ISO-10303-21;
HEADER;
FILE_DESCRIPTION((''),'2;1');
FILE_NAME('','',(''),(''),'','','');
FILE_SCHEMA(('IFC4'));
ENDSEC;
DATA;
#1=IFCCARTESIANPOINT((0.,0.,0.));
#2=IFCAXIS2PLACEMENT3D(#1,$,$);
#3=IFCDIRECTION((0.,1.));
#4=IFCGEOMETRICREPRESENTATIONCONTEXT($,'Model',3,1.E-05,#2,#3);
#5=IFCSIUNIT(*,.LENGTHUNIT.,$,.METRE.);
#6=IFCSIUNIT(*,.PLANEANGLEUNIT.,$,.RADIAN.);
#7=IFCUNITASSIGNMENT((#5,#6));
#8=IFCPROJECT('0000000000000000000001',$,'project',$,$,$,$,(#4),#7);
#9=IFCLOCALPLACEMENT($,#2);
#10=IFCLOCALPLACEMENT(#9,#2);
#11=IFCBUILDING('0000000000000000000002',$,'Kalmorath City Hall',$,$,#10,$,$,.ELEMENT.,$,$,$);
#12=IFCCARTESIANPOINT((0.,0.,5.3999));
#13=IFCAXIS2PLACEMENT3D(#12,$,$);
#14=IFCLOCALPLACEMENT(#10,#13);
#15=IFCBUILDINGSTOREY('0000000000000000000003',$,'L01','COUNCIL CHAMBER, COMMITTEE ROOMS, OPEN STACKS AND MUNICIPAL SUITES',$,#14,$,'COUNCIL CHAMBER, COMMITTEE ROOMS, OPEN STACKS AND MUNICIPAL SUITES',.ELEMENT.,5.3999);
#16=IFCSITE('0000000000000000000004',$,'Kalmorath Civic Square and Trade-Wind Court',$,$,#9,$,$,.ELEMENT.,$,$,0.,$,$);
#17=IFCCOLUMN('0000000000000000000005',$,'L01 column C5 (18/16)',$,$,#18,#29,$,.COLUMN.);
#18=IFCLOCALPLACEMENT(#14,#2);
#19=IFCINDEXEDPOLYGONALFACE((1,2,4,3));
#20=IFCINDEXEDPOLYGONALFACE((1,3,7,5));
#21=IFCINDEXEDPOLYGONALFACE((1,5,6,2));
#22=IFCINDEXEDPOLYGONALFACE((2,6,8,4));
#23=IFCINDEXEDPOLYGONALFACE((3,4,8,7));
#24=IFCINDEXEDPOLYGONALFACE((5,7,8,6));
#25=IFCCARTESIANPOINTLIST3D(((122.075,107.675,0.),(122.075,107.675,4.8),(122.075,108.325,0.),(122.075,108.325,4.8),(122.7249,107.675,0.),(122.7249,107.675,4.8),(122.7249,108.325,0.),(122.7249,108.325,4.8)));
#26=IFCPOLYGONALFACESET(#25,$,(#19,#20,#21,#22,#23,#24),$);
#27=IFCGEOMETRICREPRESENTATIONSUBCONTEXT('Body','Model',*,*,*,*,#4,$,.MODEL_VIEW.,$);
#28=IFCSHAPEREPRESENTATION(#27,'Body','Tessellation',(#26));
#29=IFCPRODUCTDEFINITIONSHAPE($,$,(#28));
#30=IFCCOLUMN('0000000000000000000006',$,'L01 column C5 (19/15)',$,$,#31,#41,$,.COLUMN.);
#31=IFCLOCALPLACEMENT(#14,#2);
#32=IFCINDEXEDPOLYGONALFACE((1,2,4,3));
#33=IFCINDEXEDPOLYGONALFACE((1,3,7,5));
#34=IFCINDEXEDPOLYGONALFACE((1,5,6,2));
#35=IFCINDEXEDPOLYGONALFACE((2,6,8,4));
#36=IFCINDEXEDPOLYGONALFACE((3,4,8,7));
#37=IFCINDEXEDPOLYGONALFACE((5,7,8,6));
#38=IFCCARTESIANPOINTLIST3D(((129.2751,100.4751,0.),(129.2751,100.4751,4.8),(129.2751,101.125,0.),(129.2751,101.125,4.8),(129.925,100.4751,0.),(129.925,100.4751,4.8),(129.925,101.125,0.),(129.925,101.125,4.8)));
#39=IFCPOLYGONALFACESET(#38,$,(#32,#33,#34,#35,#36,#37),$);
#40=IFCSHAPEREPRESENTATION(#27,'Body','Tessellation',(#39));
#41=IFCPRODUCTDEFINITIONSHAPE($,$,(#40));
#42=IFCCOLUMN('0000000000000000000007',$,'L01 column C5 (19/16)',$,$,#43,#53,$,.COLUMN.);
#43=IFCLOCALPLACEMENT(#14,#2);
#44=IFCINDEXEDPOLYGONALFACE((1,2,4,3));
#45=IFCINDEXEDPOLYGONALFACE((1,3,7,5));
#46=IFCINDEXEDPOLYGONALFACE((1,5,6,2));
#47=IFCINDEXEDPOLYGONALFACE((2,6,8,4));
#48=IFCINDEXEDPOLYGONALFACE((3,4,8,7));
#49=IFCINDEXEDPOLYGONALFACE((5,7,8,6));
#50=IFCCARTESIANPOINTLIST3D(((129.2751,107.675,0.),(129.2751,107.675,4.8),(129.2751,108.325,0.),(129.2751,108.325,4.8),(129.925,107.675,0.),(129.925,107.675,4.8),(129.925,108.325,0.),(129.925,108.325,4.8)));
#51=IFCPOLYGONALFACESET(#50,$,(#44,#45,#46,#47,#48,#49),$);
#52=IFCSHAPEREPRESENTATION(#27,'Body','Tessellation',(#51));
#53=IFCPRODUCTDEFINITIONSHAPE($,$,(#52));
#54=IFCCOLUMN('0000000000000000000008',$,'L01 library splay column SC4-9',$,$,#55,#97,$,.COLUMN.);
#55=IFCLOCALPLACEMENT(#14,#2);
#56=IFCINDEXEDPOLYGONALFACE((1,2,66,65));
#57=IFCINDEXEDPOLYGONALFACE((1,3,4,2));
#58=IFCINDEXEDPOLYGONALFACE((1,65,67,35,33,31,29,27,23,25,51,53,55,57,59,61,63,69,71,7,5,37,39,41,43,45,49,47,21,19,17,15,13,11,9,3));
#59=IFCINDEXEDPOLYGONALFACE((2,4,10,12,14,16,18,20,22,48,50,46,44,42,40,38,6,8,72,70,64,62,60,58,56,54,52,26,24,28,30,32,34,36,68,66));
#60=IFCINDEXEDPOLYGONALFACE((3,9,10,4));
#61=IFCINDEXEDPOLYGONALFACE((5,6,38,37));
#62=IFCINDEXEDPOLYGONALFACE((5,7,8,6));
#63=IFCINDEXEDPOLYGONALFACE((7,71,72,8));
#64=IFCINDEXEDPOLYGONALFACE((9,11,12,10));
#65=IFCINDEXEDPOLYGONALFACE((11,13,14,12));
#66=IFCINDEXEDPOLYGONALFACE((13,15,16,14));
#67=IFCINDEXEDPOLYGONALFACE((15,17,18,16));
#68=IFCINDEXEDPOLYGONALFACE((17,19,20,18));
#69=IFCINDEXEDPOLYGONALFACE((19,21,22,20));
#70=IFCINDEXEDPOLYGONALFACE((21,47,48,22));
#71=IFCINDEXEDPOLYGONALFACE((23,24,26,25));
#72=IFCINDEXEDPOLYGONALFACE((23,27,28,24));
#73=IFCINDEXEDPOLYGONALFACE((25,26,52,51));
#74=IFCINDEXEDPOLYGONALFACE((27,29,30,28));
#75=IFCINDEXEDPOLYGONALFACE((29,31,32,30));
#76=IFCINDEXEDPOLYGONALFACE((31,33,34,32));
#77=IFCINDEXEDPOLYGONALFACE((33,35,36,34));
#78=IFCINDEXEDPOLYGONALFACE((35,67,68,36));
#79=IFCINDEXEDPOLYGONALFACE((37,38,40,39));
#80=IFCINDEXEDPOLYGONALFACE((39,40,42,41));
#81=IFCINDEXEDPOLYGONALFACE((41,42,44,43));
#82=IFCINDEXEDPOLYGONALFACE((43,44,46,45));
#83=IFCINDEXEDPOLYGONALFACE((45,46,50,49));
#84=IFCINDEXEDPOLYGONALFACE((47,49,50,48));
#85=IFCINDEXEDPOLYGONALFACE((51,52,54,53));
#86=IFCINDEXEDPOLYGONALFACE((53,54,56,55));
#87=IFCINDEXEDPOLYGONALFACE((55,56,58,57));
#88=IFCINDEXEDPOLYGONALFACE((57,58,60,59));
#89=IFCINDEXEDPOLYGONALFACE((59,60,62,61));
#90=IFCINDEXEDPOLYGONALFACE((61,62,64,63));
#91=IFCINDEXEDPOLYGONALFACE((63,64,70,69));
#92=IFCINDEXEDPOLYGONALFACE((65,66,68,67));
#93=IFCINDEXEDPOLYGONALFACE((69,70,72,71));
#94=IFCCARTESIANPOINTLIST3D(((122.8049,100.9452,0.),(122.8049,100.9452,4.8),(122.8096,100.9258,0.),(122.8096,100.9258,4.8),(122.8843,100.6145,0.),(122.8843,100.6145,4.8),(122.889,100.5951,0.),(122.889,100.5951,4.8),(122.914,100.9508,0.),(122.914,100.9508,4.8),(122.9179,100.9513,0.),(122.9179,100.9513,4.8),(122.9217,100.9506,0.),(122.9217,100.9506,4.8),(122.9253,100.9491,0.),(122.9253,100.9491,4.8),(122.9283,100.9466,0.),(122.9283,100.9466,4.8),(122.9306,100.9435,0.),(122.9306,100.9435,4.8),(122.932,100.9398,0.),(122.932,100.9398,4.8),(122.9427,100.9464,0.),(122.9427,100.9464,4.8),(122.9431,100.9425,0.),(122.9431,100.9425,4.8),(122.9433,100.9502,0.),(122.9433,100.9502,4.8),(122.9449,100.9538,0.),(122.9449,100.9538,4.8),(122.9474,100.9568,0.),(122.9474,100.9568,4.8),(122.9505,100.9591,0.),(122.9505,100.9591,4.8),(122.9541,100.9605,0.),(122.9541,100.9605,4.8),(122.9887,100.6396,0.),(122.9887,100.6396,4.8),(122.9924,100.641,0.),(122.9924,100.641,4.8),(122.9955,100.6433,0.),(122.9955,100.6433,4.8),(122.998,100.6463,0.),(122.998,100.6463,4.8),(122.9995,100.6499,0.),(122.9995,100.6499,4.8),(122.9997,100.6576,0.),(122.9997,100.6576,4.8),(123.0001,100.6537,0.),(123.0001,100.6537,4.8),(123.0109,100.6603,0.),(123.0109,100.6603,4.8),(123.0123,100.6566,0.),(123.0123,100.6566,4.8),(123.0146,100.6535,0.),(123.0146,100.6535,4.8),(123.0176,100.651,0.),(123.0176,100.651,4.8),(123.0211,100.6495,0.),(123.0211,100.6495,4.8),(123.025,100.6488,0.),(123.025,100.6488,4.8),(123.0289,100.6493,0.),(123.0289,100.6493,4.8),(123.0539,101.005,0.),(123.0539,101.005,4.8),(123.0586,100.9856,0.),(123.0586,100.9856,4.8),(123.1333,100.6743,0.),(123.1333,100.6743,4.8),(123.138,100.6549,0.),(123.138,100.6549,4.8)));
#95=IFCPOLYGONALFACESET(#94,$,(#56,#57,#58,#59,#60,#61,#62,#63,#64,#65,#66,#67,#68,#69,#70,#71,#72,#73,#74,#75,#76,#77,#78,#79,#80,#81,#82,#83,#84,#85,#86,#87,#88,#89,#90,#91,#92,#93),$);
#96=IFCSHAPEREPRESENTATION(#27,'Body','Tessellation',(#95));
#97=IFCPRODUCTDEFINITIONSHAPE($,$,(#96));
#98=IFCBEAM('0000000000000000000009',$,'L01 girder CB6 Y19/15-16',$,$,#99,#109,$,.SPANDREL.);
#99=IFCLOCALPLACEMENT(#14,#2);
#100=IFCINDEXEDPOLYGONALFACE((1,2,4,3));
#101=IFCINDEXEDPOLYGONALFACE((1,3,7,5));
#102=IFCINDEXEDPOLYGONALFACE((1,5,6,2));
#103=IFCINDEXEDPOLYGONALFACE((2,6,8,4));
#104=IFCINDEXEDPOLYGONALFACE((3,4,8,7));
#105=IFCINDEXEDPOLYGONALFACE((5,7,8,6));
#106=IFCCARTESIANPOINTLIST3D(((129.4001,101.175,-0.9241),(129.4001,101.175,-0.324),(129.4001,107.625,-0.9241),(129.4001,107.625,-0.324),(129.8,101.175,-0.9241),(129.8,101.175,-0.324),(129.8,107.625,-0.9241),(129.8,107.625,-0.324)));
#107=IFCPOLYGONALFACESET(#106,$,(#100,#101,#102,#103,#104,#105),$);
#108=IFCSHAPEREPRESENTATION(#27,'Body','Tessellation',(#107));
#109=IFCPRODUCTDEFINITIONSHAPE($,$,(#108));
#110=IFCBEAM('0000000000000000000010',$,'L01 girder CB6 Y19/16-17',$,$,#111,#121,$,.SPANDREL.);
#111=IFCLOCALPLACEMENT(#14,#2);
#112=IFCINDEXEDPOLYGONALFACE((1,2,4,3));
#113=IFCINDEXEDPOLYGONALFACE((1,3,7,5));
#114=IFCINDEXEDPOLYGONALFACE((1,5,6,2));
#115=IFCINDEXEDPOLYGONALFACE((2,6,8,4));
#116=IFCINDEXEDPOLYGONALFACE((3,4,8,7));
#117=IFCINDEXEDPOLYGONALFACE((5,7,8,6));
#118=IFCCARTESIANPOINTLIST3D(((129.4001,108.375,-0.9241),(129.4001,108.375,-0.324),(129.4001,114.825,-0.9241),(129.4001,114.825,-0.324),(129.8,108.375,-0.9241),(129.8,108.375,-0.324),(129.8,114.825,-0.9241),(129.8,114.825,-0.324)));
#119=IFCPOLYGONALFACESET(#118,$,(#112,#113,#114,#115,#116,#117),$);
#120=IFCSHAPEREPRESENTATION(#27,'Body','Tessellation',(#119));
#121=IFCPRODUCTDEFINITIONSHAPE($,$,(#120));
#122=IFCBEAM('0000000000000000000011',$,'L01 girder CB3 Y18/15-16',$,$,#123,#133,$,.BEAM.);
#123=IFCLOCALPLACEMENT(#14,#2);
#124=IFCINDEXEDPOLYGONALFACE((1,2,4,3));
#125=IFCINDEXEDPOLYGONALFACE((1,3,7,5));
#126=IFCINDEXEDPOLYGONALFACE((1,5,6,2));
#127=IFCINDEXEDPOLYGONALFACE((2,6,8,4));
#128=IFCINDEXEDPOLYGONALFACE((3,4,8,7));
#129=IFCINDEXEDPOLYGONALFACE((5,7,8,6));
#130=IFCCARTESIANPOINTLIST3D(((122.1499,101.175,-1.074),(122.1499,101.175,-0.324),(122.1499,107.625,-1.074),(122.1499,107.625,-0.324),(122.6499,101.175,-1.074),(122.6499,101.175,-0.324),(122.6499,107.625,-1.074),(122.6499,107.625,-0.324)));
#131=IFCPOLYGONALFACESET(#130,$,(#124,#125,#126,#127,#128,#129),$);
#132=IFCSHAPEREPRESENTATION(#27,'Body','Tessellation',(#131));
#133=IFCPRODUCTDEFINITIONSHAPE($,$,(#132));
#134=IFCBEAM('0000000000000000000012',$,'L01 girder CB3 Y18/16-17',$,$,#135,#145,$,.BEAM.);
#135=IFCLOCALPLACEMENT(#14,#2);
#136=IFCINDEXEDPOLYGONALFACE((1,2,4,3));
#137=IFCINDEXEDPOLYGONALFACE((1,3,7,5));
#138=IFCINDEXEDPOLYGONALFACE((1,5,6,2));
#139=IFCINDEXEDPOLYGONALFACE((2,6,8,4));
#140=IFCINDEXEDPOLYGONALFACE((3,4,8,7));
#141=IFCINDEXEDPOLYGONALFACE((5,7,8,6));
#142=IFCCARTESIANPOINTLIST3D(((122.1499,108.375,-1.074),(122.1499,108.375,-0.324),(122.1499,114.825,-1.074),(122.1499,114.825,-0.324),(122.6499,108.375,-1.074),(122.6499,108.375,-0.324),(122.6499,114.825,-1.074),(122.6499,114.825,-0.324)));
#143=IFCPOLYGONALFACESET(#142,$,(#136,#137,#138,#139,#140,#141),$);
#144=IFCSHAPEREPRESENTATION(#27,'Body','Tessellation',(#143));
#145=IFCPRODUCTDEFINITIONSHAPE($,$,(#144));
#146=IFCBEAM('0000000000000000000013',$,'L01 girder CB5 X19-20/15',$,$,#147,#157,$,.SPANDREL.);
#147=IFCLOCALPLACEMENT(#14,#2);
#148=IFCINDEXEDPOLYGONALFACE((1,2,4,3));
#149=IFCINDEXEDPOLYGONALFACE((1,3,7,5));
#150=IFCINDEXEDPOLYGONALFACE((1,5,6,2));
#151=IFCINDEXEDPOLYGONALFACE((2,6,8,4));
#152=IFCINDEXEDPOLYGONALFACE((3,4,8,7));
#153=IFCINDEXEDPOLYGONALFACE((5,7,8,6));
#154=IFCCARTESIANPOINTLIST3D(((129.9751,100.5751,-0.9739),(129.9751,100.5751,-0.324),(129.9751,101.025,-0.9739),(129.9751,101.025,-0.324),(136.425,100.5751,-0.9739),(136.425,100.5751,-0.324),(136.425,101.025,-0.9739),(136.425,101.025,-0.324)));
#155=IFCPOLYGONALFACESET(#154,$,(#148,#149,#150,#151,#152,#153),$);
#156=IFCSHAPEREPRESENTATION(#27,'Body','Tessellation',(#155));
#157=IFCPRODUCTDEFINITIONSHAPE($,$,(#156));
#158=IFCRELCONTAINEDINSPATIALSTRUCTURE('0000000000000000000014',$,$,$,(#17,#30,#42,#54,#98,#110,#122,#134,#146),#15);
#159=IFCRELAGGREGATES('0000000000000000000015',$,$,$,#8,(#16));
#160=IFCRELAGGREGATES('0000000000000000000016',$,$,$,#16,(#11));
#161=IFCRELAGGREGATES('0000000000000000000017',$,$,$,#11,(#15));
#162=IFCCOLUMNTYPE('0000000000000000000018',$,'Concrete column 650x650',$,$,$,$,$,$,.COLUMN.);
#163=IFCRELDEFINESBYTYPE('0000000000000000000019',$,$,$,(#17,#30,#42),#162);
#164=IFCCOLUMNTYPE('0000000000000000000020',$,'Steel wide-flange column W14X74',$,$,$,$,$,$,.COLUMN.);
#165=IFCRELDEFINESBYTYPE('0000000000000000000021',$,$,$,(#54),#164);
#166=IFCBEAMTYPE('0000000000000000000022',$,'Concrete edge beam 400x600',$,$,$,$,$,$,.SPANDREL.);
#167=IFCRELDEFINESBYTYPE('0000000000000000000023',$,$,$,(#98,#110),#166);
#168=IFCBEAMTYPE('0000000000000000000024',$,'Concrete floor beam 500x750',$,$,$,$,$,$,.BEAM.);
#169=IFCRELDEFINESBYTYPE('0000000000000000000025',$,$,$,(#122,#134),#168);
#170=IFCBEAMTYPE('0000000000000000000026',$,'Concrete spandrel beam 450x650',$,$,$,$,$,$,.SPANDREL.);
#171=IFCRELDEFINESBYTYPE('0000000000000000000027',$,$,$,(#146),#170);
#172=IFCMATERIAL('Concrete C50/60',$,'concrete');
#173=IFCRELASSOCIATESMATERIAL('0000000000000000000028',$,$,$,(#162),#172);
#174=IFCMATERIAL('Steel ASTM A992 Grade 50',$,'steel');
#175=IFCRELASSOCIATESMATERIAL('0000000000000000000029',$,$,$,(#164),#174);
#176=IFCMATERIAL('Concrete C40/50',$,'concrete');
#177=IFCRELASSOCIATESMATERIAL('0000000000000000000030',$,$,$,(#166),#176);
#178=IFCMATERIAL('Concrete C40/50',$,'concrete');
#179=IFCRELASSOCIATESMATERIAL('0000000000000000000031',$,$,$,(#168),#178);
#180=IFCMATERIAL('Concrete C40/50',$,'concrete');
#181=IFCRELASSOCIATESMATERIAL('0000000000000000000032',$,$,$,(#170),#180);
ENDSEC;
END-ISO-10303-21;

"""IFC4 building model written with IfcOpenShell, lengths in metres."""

from ifc_helpers import new_model, si_unit, direction, frame, origin, origin_2d, place, context, subcontext, project, spatial, rectangle, i_section, extrude, material, material_profile, profile_set, type_object, element, save


model = new_model("IFC4")

# Units and contexts
model_context = context("Model", 3, precision=1e-05, world=origin(), true_north=direction((0.0, 1.0)))
body_context = subcontext(model_context, "Body", "Model", "MODEL_VIEW")
ifc_project = project(units=[si_unit("LENGTHUNIT", "METRE"), si_unit("PLANEANGLEUNIT", "RADIAN")], contexts=[model_context])

# Site, building, storey
site_placement = place(None, origin())
site = spatial("IfcSite", under=ifc_project, at=site_placement, Name="Kalmorath Civic Square and Trade-Wind Court", CompositionType="ELEMENT", RefElevation=0.0)
building_placement = place(site_placement, origin())
building = spatial("IfcBuilding", under=site, at=building_placement, Name="Kalmorath City Hall", CompositionType="ELEMENT")
storey_placement = place(building_placement, frame((0.0, 0.0, 5.3999)))
storey = spatial("IfcBuildingStorey", under=building, at=storey_placement, Name="L01", Description="COUNCIL CHAMBER, COMMITTEE ROOMS, OPEN STACKS AND MUNICIPAL SUITES", LongName="COUNCIL CHAMBER, COMMITTEE ROOMS, OPEN STACKS AND MUNICIPAL SUITES", CompositionType="ELEMENT", Elevation=5.3999)

# Columns
ifc_material_1 = material(Name="Concrete C50/60", Category="concrete")
ifc_material_profile_1 = material_profile(ifc_material_1, rectangle(XDim=0.6499, YDim=0.6499, at=origin_2d()), Name="RC-COL-650X650")
ifc_profile_set_1 = profile_set([ifc_material_profile_1], Name="Concrete C50/60")
column_type_1 = type_object("IfcColumnType", Name="Concrete column 650x650", PredefinedType="COLUMN", material=ifc_profile_set_1)
for number, where, z_axis, x_axis, name in (
    (1, (122.3999, 108.0, 0.0), (0.0, 0.0, 1.0), (1.0, 0.0, 0.0), "L01 column C5 (18/16)"),
    (2, (129.6001, 100.8, 0.0), (0.0, 0.0, 1.0), (1.0, 0.0, 0.0), "L01 column C5 (19/15)"),
    (3, (129.6001, 108.0, 0.0), (0.0, 0.0, 1.0), (1.0, 0.0, 0.0), "L01 column C5 (19/16)"),
):
    element("IfcColumn", number, at=place(storey_placement, frame(where, z_axis=z_axis, x_axis=x_axis)), inside=storey, type_object=column_type_1, Name=name, PredefinedType="COLUMN", context=body_context, shape_type="SweptSolid", body=[
        extrude(rectangle(XDim=0.6499, YDim=0.6499, at=origin_2d()), origin(), (0.0, 0.0, 1.0), 4.8),
    ])
ifc_material_2 = material(Name="Steel ASTM A992 Grade 50", Category="steel")
ifc_material_profile_2 = material_profile(ifc_material_2, i_section(OverallWidth=0.2561, OverallDepth=0.3601, WebThickness=0.0115, FlangeThickness=0.02, FilletRadius=0.0149, at=origin_2d()), Name="W14X74")
ifc_profile_set_2 = profile_set([ifc_material_profile_2], Name="Steel ASTM A992 Grade 50")
column_type_2 = type_object("IfcColumnType", Name="Steel wide-flange column W14X74", PredefinedType="COLUMN", material=ifc_profile_set_2)
column_placement = place(storey_placement, frame((122.9714, 100.8, 0.0), z_axis=(0.0, 0.0, 1.0), x_axis=(0.97237, 0.233445, 0.0)))
element("IfcColumn", 4, at=column_placement, inside=storey, type_object=column_type_2, Name="L01 library splay column SC4-9", PredefinedType="COLUMN", context=body_context, shape_type="SweptSolid", body=[
    extrude(i_section(OverallWidth=0.2561, OverallDepth=0.3601, WebThickness=0.0115, FlangeThickness=0.02, FilletRadius=0.0149, at=origin_2d()), origin(), (0.0, 0.0, 1.0), 4.8),
])

# Beams
ifc_material_3 = material(Name="Concrete C40/50", Category="concrete")
ifc_material_profile_3 = material_profile(ifc_material_3, rectangle(XDim=0.3999, YDim=0.6001, at=origin_2d()), Name="RC-BM-400X600")
ifc_profile_set_3 = profile_set([ifc_material_profile_3], Name="Concrete C40/50")
beam_type_1 = type_object("IfcBeamType", Name="Concrete edge beam 400x600", PredefinedType="SPANDREL", material=ifc_profile_set_3)
for number, where, z_axis, x_axis, name in (
    (5, (129.6001, 101.175, -0.624), (0.0, 1.0, 0.0), (-1.0, 0.0, 0.0), "L01 girder CB6 Y19/15-16"),
    (6, (129.6001, 108.375, -0.624), (0.0, 1.0, 0.0), (-1.0, 0.0, 0.0), "L01 girder CB6 Y19/16-17"),
):
    element("IfcBeam", number, at=place(storey_placement, frame(where, z_axis=z_axis, x_axis=x_axis)), inside=storey, type_object=beam_type_1, Name=name, PredefinedType="SPANDREL", context=body_context, shape_type="SweptSolid", body=[
        extrude(rectangle(XDim=0.3999, YDim=0.6001, at=origin_2d()), origin(), (0.0, 0.0, 1.0), 6.45),
    ])
ifc_material_4 = material(Name="Concrete C40/50", Category="concrete")
ifc_material_profile_4 = material_profile(ifc_material_4, rectangle(XDim=0.5, YDim=0.75, at=origin_2d()), Name="RC-BM-500X750")
ifc_profile_set_4 = profile_set([ifc_material_profile_4], Name="Concrete C40/50")
beam_type_2 = type_object("IfcBeamType", Name="Concrete floor beam 500x750", PredefinedType="BEAM", material=ifc_profile_set_4)
for number, where, z_axis, x_axis, name in (
    (7, (122.3999, 101.175, -0.699), (0.0, 1.0, 0.0), (-1.0, 0.0, 0.0), "L01 girder CB3 Y18/15-16"),
    (8, (122.3999, 108.375, -0.699), (0.0, 1.0, 0.0), (-1.0, 0.0, 0.0), "L01 girder CB3 Y18/16-17"),
):
    element("IfcBeam", number, at=place(storey_placement, frame(where, z_axis=z_axis, x_axis=x_axis)), inside=storey, type_object=beam_type_2, Name=name, PredefinedType="BEAM", context=body_context, shape_type="SweptSolid", body=[
        extrude(rectangle(XDim=0.5, YDim=0.75, at=origin_2d()), origin(), (0.0, 0.0, 1.0), 6.45),
    ])
ifc_material_5 = material(Name="Concrete C40/50", Category="concrete")
ifc_material_profile_5 = material_profile(ifc_material_5, rectangle(XDim=0.45, YDim=0.6499, at=origin_2d()), Name="RC-BM-450X650")
ifc_profile_set_5 = profile_set([ifc_material_profile_5], Name="Concrete C40/50")
beam_type_3 = type_object("IfcBeamType", Name="Concrete spandrel beam 450x650", PredefinedType="SPANDREL", material=ifc_profile_set_5)
beam_1_placement = place(storey_placement, frame((129.9751, 100.8, -0.6489), z_axis=(1.0, 0.0, 0.0), x_axis=(0.0, 1.0, 0.0)))
element("IfcBeam", 9, at=beam_1_placement, inside=storey, type_object=beam_type_3, Name="L01 girder CB5 X19-20/15", PredefinedType="SPANDREL", context=body_context, shape_type="SweptSolid", body=[
    extrude(rectangle(XDim=0.45, YDim=0.6499, at=origin_2d()), origin(), (0.0, 0.0, 1.0), 6.45),
])

save(model, "model.ifc")
